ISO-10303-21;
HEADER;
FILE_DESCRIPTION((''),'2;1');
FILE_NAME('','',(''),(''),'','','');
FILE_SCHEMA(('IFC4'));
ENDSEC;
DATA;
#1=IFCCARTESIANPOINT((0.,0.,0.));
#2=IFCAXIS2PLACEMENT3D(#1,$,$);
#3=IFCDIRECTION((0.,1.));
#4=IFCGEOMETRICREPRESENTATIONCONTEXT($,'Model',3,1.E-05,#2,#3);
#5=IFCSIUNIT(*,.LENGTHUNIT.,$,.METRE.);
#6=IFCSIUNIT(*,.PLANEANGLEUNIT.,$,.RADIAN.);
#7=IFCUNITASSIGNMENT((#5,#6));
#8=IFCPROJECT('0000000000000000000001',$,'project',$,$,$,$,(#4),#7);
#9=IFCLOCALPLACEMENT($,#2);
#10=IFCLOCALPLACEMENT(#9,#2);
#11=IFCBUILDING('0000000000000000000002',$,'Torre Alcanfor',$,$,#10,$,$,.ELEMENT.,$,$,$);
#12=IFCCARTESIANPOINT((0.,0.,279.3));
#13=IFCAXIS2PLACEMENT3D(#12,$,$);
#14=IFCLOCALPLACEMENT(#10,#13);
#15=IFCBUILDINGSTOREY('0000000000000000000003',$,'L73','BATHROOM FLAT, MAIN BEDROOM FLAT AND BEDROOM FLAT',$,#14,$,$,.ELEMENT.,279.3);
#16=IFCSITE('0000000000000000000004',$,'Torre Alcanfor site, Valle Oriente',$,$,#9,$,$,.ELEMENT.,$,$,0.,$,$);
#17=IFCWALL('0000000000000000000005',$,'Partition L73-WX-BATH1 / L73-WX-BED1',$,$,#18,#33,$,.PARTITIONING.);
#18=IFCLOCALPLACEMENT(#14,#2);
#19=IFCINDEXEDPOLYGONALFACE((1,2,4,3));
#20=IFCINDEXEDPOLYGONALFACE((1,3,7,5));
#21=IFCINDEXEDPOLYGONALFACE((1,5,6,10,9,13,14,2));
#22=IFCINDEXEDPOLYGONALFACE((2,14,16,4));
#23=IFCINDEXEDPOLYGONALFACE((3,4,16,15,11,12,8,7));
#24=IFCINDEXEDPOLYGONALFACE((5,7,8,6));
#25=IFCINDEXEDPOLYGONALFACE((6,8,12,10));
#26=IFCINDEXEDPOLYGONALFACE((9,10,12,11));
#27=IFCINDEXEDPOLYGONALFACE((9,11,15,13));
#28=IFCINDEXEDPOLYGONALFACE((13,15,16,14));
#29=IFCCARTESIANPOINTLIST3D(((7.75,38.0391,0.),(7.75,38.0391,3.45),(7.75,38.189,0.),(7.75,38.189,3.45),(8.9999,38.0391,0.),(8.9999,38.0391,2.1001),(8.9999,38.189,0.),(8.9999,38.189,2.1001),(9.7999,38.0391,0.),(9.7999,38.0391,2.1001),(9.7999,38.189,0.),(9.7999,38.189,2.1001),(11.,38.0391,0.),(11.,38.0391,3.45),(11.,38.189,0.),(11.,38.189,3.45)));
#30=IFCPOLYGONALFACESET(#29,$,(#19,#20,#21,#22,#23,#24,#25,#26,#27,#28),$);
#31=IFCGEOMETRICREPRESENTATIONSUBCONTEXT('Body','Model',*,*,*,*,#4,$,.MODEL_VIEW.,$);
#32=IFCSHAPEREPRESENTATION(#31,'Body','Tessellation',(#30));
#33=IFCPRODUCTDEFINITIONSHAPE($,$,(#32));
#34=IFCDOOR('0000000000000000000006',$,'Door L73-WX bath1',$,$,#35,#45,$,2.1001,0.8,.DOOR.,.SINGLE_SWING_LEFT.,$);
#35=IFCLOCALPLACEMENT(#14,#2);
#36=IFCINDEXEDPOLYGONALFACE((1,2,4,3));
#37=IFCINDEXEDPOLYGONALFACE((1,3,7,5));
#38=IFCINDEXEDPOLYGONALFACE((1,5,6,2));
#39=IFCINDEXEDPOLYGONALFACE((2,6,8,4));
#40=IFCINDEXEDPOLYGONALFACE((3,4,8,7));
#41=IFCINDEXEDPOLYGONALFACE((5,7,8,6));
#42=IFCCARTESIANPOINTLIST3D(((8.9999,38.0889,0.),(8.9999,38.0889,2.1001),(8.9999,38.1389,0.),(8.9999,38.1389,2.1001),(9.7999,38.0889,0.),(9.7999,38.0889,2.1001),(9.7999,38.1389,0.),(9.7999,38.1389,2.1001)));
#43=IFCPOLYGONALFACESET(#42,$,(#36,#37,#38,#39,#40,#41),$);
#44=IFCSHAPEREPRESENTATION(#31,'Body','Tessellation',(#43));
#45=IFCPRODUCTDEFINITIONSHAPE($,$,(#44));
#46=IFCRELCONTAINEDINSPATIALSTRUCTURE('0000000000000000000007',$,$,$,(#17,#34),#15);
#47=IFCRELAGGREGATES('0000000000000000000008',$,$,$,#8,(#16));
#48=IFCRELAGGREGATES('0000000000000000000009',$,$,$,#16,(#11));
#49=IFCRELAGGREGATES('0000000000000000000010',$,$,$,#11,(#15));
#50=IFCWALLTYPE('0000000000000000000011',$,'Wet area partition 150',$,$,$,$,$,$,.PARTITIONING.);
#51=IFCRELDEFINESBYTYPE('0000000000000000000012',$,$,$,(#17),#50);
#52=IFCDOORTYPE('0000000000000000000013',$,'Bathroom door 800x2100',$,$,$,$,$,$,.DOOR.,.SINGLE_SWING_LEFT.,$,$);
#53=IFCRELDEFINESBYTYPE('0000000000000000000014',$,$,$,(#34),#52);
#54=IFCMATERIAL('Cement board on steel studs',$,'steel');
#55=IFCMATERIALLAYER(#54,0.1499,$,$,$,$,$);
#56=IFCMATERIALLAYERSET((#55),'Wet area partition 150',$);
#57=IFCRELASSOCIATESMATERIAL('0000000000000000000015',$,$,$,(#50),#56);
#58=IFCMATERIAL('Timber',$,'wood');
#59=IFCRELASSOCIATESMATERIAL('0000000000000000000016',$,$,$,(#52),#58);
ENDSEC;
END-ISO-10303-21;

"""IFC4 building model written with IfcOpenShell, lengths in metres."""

from ifc_helpers import new_model, si_unit, direction, frame, frame_2d, origin, place, context, subcontext, project, spatial, rectangle, extrude, material, layer, layer_set, type_object, element, fill, save


model = new_model("IFC4")

# Units and contexts
model_context = context("Model", 3, precision=1e-05, world=origin(), true_north=direction((0.0, 1.0)))
body_context = subcontext(model_context, "Body", "Model", "MODEL_VIEW")
ifc_project = project(units=[si_unit("LENGTHUNIT", "METRE"), si_unit("PLANEANGLEUNIT", "RADIAN")], contexts=[model_context])

# Site, building, storey
site_placement = place(None, origin())
site = spatial("IfcSite", under=ifc_project, at=site_placement, Name="Torre Alcanfor site, Valle Oriente", CompositionType="ELEMENT", RefElevation=0.0)
building_placement = place(site_placement, origin())
building = spatial("IfcBuilding", under=site, at=building_placement, Name="Torre Alcanfor", CompositionType="ELEMENT")
storey_placement = place(building_placement, frame((0.0, 0.0, 279.3)))
storey = spatial("IfcBuildingStorey", under=building, at=storey_placement, Name="L73", Description="BATHROOM FLAT, MAIN BEDROOM FLAT AND BEDROOM FLAT", CompositionType="ELEMENT", Elevation=279.3)

# Wall, opening, door
ifc_material_1 = material(Name="Cement board on steel studs", Category="steel")
ifc_layer_1 = layer(ifc_material_1, 0.1499)
ifc_layer_set_1 = layer_set([ifc_layer_1], Name="Wet area partition 150")
wall_type_1 = type_object("IfcWallType", Name="Wet area partition 150", PredefinedType="PARTITIONING", material=ifc_layer_set_1)
wall_1_placement = place(storey_placement, frame((7.75, 38.114, 0.0), z_axis=(0.0, 0.0, 1.0), x_axis=(1.0, 0.0, 0.0)))
wall_1 = element("IfcWall", 1, at=wall_1_placement, inside=storey, type_object=wall_type_1, Name="Partition L73-WX-BATH1 / L73-WX-BED1", PredefinedType="PARTITIONING", context=body_context, shape_type="SweptSolid", body=[
    extrude(rectangle(XDim=3.25, YDim=0.1499, at=frame_2d((1.625, 0.0))), origin(), (0.0, 0.0, 1.0), 3.45),
])
opening_1_placement = place(wall_1_placement, frame((1.25, 0.0, 0.0)))
opening_1 = element("IfcOpeningElement", 2, at=opening_1_placement, cuts=wall_1, PredefinedType="OPENING", context=body_context, shape_type="SweptSolid", body=[
    extrude(rectangle(XDim=0.8, YDim=2.1001, at=frame_2d((0.3999, 1.05))), frame((0.0, 0.085, 0.0), z_axis=(0.0, -1.0, 0.0), x_axis=(1.0, 0.0, 0.0)), (0.0, 0.0, 1.0), 0.1699),
])
ifc_material_2 = material(Name="Timber", Category="wood")
door_type_1 = type_object("IfcDoorType", Name="Bathroom door 800x2100", OperationType="SINGLE_SWING_LEFT", PredefinedType="DOOR", material=ifc_material_2)
door_1_placement = place(opening_1_placement, frame((0.8, 0.0, 0.0), z_axis=(0.0, 0.0, 1.0), x_axis=(-1.0, 0.0, 0.0)))
door_1 = element("IfcDoor", 3, at=door_1_placement, inside=storey, type_object=door_type_1, Name="Door L73-WX bath1", OperationType="SINGLE_SWING_LEFT", OverallHeight=2.1001, OverallWidth=0.8, PredefinedType="DOOR", context=body_context, shape_type="SweptSolid", body=[
    extrude(rectangle(XDim=0.8, YDim=2.1001, at=frame_2d((0.4001, 1.05))), frame((0.0, 0.0251, 0.0), z_axis=(0.0, -1.0, 0.0), x_axis=(1.0, 0.0, 0.0)), (0.0, 0.0, 1.0), 0.05),
])
fill(opening_1, door_1)

save(model, "model.ifc")
